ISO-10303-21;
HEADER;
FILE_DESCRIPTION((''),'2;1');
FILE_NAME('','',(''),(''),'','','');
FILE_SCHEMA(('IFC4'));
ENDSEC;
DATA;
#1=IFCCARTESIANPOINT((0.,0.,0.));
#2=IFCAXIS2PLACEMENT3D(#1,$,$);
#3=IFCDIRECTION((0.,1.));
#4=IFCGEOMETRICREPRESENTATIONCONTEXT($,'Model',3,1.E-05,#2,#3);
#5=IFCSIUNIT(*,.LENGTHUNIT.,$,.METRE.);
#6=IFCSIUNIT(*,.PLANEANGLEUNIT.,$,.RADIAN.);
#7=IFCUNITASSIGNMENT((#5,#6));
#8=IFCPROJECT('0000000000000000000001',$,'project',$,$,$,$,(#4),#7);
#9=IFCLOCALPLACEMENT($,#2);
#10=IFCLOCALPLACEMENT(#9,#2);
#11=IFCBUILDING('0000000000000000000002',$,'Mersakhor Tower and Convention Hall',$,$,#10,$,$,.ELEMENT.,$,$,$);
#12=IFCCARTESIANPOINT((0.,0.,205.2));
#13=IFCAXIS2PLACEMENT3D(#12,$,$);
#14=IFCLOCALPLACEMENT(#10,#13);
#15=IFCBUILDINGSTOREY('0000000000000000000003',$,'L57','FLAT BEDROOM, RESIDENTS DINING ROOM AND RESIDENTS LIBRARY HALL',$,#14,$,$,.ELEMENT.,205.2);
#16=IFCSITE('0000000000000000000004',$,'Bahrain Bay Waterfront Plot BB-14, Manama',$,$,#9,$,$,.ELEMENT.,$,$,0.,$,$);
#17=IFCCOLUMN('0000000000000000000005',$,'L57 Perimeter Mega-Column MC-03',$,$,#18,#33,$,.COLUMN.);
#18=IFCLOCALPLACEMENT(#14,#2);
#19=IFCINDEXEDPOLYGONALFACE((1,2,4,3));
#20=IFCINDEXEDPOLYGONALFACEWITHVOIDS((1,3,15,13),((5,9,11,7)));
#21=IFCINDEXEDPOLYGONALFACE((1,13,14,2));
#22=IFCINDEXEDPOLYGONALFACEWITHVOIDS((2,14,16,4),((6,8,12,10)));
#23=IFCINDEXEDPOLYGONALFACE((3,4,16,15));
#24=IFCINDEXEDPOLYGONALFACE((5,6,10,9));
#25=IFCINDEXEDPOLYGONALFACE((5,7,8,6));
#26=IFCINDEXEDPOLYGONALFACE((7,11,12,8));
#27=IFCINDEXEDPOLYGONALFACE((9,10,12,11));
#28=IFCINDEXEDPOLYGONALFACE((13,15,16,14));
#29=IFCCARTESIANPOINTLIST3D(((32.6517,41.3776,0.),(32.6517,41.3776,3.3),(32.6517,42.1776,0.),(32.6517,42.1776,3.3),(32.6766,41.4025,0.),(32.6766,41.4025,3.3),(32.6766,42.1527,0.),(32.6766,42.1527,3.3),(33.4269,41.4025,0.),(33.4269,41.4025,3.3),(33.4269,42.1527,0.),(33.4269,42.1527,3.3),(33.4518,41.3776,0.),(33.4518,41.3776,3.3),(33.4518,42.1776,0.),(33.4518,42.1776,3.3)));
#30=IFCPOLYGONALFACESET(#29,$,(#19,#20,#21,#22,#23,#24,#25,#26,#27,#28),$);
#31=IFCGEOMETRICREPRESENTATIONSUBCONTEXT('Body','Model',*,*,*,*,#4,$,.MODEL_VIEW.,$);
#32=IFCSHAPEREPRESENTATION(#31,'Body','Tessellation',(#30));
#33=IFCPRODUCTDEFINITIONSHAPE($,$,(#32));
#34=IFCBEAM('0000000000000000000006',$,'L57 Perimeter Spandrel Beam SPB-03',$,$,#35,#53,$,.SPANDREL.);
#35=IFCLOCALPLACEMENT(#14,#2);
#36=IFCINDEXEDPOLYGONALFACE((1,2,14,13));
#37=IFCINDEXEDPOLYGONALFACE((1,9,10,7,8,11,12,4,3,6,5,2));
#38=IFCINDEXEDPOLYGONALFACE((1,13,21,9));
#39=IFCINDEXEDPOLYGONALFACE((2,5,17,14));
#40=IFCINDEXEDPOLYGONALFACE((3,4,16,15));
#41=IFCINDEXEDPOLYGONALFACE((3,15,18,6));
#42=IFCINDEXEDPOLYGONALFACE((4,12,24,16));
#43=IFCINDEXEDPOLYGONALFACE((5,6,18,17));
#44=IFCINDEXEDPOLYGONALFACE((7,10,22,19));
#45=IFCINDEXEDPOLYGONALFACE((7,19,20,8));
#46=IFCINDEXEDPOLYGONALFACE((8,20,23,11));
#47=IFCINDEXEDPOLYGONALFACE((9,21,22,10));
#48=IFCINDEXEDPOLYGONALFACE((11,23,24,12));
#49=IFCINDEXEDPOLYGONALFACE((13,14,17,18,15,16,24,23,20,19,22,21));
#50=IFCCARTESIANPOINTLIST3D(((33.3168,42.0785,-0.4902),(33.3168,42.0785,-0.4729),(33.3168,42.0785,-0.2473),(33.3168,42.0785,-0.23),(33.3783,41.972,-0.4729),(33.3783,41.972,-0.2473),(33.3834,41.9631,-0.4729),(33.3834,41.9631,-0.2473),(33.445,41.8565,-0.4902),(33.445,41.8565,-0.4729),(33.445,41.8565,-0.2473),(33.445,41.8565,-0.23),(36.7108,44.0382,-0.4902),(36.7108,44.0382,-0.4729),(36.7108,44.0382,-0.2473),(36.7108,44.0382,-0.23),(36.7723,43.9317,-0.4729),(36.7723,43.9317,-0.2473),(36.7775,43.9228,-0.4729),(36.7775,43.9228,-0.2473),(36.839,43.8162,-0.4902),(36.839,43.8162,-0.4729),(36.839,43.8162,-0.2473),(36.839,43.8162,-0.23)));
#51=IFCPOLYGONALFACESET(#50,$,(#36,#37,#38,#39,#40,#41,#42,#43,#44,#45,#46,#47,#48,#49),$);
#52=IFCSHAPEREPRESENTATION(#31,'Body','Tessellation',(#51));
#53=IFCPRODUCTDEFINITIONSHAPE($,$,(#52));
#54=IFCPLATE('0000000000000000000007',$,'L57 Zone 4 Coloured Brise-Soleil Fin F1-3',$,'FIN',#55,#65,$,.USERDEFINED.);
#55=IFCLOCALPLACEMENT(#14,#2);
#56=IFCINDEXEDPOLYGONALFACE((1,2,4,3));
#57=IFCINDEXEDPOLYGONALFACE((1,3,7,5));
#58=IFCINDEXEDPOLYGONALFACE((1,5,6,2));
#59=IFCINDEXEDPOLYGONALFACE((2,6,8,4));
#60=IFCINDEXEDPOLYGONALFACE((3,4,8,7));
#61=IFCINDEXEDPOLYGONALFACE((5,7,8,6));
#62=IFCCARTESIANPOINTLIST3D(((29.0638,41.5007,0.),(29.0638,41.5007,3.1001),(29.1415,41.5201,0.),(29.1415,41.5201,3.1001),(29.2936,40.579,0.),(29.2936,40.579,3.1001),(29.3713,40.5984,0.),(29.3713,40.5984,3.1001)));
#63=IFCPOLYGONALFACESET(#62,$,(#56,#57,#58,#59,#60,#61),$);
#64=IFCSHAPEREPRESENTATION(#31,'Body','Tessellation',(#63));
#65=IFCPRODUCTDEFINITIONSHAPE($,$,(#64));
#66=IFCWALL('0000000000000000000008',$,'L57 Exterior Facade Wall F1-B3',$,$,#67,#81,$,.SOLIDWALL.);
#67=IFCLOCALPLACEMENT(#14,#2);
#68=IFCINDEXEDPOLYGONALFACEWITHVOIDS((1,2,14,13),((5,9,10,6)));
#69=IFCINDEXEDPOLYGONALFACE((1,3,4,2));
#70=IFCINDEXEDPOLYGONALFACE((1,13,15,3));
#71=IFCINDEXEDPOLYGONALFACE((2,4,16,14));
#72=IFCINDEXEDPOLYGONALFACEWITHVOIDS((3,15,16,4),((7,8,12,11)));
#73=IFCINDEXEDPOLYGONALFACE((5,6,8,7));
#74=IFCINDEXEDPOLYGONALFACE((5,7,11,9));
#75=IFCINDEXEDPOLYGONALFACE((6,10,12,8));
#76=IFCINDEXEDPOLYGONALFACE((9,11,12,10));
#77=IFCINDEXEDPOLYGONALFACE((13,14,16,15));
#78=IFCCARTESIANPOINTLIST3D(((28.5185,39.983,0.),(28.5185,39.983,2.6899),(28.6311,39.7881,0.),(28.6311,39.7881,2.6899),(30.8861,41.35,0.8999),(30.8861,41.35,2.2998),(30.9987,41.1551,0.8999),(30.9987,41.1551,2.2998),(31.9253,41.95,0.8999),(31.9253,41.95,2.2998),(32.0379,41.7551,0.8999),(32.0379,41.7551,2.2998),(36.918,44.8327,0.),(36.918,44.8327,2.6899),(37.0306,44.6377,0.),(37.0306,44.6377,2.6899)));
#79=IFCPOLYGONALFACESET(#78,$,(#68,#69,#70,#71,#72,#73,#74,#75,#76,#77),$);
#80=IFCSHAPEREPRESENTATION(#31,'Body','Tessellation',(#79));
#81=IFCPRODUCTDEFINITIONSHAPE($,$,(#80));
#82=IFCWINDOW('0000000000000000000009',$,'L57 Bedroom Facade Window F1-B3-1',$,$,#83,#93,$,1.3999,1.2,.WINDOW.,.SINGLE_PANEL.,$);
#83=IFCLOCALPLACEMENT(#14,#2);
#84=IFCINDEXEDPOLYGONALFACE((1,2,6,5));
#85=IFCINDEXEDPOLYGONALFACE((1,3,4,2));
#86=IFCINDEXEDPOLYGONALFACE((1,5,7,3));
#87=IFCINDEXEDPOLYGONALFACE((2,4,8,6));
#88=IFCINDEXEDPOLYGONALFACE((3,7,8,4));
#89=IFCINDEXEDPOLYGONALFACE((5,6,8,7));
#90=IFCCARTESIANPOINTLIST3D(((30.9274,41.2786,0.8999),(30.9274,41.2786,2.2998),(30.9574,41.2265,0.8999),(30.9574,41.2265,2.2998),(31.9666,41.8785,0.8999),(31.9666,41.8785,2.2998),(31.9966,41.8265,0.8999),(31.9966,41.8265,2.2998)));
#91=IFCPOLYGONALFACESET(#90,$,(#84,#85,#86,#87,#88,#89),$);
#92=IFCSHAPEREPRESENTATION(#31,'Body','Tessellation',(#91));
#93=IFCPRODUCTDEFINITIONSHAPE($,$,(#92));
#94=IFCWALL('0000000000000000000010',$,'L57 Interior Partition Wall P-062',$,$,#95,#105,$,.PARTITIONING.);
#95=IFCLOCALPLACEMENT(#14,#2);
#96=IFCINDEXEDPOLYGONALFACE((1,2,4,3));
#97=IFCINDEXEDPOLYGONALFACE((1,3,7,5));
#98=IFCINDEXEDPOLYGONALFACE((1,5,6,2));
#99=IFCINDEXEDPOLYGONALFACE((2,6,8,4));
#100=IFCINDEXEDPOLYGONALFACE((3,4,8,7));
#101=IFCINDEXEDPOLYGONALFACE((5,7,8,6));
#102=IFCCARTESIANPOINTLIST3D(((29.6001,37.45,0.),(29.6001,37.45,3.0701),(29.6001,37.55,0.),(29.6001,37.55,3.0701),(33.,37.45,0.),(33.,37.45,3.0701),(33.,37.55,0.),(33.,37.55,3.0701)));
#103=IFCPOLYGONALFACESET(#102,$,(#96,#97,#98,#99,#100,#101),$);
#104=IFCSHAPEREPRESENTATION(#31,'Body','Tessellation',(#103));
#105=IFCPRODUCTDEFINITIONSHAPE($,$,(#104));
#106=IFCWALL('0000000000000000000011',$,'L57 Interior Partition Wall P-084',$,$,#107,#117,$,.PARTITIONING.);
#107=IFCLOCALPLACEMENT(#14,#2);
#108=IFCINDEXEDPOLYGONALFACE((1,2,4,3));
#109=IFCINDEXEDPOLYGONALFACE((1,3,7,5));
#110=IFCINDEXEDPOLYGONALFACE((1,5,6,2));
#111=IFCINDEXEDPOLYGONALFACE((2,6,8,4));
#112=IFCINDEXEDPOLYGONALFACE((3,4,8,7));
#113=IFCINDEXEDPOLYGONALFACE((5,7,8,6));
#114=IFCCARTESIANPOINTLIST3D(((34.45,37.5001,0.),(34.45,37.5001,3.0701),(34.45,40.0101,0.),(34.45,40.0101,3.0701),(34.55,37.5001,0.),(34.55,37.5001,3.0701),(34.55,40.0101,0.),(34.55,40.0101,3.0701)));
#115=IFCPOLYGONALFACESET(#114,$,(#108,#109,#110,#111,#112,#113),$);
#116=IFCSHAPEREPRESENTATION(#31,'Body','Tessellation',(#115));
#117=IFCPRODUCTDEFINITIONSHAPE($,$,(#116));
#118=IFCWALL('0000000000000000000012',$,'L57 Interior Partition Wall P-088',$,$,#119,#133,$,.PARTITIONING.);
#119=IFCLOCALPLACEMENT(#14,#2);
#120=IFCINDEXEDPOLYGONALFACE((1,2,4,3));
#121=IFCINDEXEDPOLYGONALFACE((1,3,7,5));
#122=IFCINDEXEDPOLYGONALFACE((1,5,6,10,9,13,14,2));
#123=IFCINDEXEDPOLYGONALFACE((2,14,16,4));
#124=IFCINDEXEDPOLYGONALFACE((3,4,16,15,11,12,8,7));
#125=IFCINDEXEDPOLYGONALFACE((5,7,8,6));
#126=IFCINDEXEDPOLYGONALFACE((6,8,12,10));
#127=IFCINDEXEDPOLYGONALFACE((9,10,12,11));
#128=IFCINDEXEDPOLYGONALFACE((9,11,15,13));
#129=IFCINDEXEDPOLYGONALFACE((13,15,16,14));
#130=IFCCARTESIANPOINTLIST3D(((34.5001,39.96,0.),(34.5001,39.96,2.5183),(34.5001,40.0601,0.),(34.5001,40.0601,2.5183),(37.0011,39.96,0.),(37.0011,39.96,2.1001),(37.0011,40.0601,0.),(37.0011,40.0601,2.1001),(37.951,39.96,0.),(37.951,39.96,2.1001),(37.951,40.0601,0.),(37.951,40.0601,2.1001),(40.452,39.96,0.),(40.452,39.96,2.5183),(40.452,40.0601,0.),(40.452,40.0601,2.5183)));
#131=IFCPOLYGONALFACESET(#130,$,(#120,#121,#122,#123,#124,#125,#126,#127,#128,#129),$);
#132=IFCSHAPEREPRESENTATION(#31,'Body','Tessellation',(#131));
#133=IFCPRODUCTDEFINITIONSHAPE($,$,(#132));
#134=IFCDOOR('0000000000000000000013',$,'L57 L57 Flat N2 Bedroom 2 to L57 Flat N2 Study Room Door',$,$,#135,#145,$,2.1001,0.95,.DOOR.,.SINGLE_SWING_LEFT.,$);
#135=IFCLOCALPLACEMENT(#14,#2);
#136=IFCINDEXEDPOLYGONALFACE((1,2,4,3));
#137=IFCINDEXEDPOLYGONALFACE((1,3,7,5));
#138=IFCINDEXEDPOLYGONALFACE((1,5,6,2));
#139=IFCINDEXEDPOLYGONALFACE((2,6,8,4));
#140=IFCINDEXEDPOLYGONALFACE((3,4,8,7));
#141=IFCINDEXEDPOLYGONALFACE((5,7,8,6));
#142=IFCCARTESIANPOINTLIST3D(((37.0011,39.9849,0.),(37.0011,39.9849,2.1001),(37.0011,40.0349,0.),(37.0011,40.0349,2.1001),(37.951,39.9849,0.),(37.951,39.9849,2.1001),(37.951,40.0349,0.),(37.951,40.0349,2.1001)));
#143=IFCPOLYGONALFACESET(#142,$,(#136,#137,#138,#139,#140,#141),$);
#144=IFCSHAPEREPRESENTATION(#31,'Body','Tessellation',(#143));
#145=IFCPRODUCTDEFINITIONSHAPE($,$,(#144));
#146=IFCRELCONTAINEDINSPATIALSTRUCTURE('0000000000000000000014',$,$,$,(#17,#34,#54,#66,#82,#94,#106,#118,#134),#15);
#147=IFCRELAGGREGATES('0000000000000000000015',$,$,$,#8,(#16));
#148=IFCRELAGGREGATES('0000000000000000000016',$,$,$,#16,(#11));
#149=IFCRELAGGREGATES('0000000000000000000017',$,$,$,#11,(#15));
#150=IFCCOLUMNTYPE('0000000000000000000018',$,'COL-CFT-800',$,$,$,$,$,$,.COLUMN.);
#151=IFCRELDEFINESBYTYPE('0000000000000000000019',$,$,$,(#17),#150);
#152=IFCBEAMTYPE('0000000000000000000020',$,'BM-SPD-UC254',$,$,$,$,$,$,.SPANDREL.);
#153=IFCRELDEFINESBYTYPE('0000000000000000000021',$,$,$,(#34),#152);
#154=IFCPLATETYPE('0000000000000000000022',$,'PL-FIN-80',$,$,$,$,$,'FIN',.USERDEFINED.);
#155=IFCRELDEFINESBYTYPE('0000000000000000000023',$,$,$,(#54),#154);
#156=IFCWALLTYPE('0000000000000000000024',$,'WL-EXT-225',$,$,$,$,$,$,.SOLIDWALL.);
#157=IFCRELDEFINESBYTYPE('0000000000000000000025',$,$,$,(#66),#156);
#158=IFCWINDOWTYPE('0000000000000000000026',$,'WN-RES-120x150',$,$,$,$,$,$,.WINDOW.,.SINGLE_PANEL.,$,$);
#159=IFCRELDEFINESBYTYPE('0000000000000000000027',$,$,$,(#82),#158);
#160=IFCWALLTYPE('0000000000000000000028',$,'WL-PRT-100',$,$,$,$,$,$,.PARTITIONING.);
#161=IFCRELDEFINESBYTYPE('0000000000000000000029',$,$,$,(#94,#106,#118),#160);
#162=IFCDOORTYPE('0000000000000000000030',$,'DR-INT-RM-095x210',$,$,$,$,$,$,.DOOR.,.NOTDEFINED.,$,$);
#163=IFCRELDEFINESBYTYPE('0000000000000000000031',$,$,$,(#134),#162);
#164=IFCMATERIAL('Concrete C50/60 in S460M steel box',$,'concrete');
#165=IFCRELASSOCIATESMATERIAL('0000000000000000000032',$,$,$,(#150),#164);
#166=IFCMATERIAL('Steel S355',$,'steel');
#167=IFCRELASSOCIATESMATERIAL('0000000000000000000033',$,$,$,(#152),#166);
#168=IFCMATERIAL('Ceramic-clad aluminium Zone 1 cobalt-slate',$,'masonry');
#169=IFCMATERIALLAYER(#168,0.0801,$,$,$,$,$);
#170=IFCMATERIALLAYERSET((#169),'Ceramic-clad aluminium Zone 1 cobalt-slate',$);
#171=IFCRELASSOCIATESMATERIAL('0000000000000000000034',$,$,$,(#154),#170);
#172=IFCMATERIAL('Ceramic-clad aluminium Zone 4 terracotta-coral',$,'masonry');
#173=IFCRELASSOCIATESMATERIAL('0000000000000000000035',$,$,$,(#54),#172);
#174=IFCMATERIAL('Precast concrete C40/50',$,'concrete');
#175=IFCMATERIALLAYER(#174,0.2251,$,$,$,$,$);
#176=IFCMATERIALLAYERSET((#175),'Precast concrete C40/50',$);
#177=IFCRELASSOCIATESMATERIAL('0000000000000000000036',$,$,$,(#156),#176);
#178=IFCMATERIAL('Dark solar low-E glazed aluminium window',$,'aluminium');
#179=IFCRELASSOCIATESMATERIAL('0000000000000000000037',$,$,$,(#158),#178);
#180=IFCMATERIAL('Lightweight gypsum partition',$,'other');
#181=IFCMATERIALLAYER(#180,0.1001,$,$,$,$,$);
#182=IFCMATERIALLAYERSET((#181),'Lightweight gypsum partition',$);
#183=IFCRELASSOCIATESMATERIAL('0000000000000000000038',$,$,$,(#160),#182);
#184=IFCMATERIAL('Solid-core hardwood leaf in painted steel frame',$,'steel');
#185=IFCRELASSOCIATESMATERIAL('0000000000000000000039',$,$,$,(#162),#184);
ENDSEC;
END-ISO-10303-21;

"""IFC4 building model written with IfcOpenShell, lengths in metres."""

from ifc_helpers import new_model, si_unit, direction, frame, frame_2d, origin, origin_2d, place, context, subcontext, project, spatial, rectangle, hollow_rectangle, i_section, extrude, material, layer, layer_set, material_profile, profile_set, type_object, element, fill, save


model = new_model("IFC4")

# Units and contexts
model_context = context("Model", 3, precision=1e-05, world=origin(), true_north=direction((0.0, 1.0)))
body_context = subcontext(model_context, "Body", "Model", "MODEL_VIEW")
ifc_project = project(units=[si_unit("LENGTHUNIT", "METRE"), si_unit("PLANEANGLEUNIT", "RADIAN")], contexts=[model_context])

# Site, building, storey
site_placement = place(None, origin())
site = spatial("IfcSite", under=ifc_project, at=site_placement, Name="Bahrain Bay Waterfront Plot BB-14, Manama", CompositionType="ELEMENT", RefElevation=0.0)
building_placement = place(site_placement, origin())
building = spatial("IfcBuilding", under=site, at=building_placement, Name="Mersakhor Tower and Convention Hall", CompositionType="ELEMENT")
storey_placement = place(building_placement, frame((0.0, 0.0, 205.2)))
storey = spatial("IfcBuildingStorey", under=building, at=storey_placement, Name="L57", Description="FLAT BEDROOM, RESIDENTS DINING ROOM AND RESIDENTS LIBRARY HALL", CompositionType="ELEMENT", Elevation=205.2)

# Column
ifc_material_1 = material(Name="Concrete C50/60 in S460M steel box", Category="concrete")
ifc_material_profile_1 = material_profile(ifc_material_1, hollow_rectangle(XDim=0.8, YDim=0.8, WallThickness=0.0249, at=origin_2d()), Name="SHS 800x800x25")
ifc_profile_set_1 = profile_set([ifc_material_profile_1], Name="Concrete C50/60 in S460M steel box")
column_type = type_object("IfcColumnType", Name="COL-CFT-800", PredefinedType="COLUMN", material=ifc_profile_set_1)
column_placement = place(storey_placement, frame((33.0518, 41.7776, 0.0), z_axis=(0.0, 0.0, 1.0), x_axis=(1.0, 0.0, 0.0)))
element("IfcColumn", 1, at=column_placement, inside=storey, type_object=column_type, Name="L57 Perimeter Mega-Column MC-03", PredefinedType="COLUMN", context=body_context, shape_type="SweptSolid", body=[
    extrude(hollow_rectangle(XDim=0.8, YDim=0.8, WallThickness=0.0249, at=origin_2d()), origin(), (0.0, 0.0, 1.0), 3.3),
])

# Beam
ifc_material_2 = material(Name="Steel S355", Category="steel")
ifc_material_profile_2 = material_profile(ifc_material_2, i_section(OverallWidth=0.2563, OverallDepth=0.2603, WebThickness=0.0103, FlangeThickness=0.0173, at=origin_2d()), Name="UC 254x254x89")
ifc_profile_set_2 = profile_set([ifc_material_profile_2], Name="Steel S355")
beam_type = type_object("IfcBeamType", Name="BM-SPD-UC254", PredefinedType="SPANDREL", material=ifc_profile_set_2)
beam_placement = place(storey_placement, frame((33.3809, 41.9675, -0.3601), z_axis=(0.866007, 0.500032, 0.0), x_axis=(-0.500032, 0.866007, 0.0)))
element("IfcBeam", 2, at=beam_placement, inside=storey, type_object=beam_type, Name="L57 Perimeter Spandrel Beam SPB-03", PredefinedType="SPANDREL", context=body_context, shape_type="SweptSolid", body=[
    extrude(i_section(OverallWidth=0.2563, OverallDepth=0.2603, WebThickness=0.0103, FlangeThickness=0.0173, at=origin_2d()), origin(), (0.0, 0.0, 1.0), 3.9192),
])

# Plate
ifc_material_3 = material(Name="Ceramic-clad aluminium Zone 4 terracotta-coral", Category="masonry")
ifc_material_4 = material(Name="Ceramic-clad aluminium Zone 1 cobalt-slate", Category="masonry")
ifc_layer_1 = layer(ifc_material_4, 0.0801)
ifc_layer_set_1 = layer_set([ifc_layer_1], Name="Ceramic-clad aluminium Zone 1 cobalt-slate")
plate_type = type_object("IfcPlateType", Name="PL-FIN-80", ElementType="FIN", PredefinedType="USERDEFINED", material=ifc_layer_set_1)
plate_placement = place(storey_placement, frame((29.2175, 41.0496, 0.0), z_axis=(0.0, 0.0, 1.0), x_axis=(-0.241922, 0.970296, 0.0)))
element("IfcPlate", 3, at=plate_placement, inside=storey, type_object=plate_type, material=ifc_material_3, Name="L57 Zone 4 Coloured Brise-Soleil Fin F1-3", ObjectType="FIN", PredefinedType="USERDEFINED", context=body_context, shape_type="SweptSolid", body=[
    extrude(rectangle(XDim=0.95, YDim=0.0801, at=origin_2d()), origin(), (0.0, 0.0, 1.0), 3.1001),
])

# Wall, opening, window
ifc_material_5 = material(Name="Precast concrete C40/50", Category="concrete")
ifc_layer_2 = layer(ifc_material_5, 0.2251)
ifc_layer_set_2 = layer_set([ifc_layer_2], Name="Precast concrete C40/50")
wall_type_1 = type_object("IfcWallType", Name="WL-EXT-225", PredefinedType="SOLIDWALL", material=ifc_layer_set_2)
wall_1_placement = place(storey_placement, frame((28.5747, 39.8855, 0.0), z_axis=(0.0, 0.0, 1.0), x_axis=(0.866016, 0.500016, 0.0)))
wall_1 = element("IfcWall", 4, at=wall_1_placement, inside=storey, type_object=wall_type_1, Name="L57 Exterior Facade Wall F1-B3", PredefinedType="SOLIDWALL", context=body_context, shape_type="SweptSolid", body=[
    extrude(rectangle(XDim=9.699, YDim=0.2251, at=frame_2d((4.8496, 0.0))), origin(), (0.0, 0.0, 1.0), 2.6899),
])
opening_1_placement = place(wall_1_placement, frame((2.7339, 0.0, 0.8999)))
opening_1 = element("IfcOpeningElement", 5, at=opening_1_placement, cuts=wall_1, PredefinedType="OPENING", context=body_context, shape_type="SweptSolid", body=[
    extrude(rectangle(XDim=1.2, YDim=1.3999, at=frame_2d((0.6001, 0.7))), frame((0.0, 0.1226, 0.0), z_axis=(0.0, -1.0, 0.0), x_axis=(1.0, 0.0, 0.0)), (0.0, 0.0, 1.0), 0.2451),
])
ifc_material_6 = material(Name="Dark solar low-E glazed aluminium window", Category="aluminium")
window_type = type_object("IfcWindowType", Name="WN-RES-120x150", PartitioningType="SINGLE_PANEL", PredefinedType="WINDOW", material=ifc_material_6)
window_placement = place(opening_1_placement, origin())
window = element("IfcWindow", 6, at=window_placement, inside=storey, type_object=window_type, Name="L57 Bedroom Facade Window F1-B3-1", OverallHeight=1.3999, OverallWidth=1.2, PartitioningType="SINGLE_PANEL", PredefinedType="WINDOW", context=body_context, shape_type="SweptSolid", body=[
    extrude(rectangle(XDim=1.2, YDim=1.3999, at=frame_2d((0.6001, 0.7))), frame((0.0, 0.03, 0.0), z_axis=(0.0, -1.0, 0.0), x_axis=(1.0, 0.0, 0.0)), (0.0, 0.0, 1.0), 0.0601),
])
fill(opening_1, window)

# Walls
ifc_material_7 = material(Name="Lightweight gypsum partition", Category="other")
ifc_layer_3 = layer(ifc_material_7, 0.1001)
ifc_layer_set_3 = layer_set([ifc_layer_3], Name="Lightweight gypsum partition")
wall_type_2 = type_object("IfcWallType", Name="WL-PRT-100", PredefinedType="PARTITIONING", material=ifc_layer_set_3)
wall_2_placement = place(storey_placement, frame((29.6001, 37.5, 0.0), z_axis=(0.0, 0.0, 1.0), x_axis=(1.0, 0.0, 0.0)))
element("IfcWall", 7, at=wall_2_placement, inside=storey, type_object=wall_type_2, Name="L57 Interior Partition Wall P-062", PredefinedType="PARTITIONING", context=body_context, shape_type="SweptSolid", body=[
    extrude(rectangle(XDim=3.3999, YDim=0.1001, at=frame_2d((1.7, 0.0))), origin(), (0.0, 0.0, 1.0), 3.0701),
])
wall_3_placement = place(storey_placement, frame((34.5, 40.01, 0.0), z_axis=(0.0, 0.0, 1.0), x_axis=(0.0, -1.0, 0.0)))
element("IfcWall", 8, at=wall_3_placement, inside=storey, type_object=wall_type_2, Name="L57 Interior Partition Wall P-084", PredefinedType="PARTITIONING", context=body_context, shape_type="SweptSolid", body=[
    extrude(rectangle(XDim=2.51, YDim=0.1001, at=frame_2d((1.2549, 0.0))), origin(), (0.0, 0.0, 1.0), 3.0701),
])

# Wall, opening, door
wall_4_placement = place(storey_placement, frame((34.5, 40.01, 0.0), z_axis=(0.0, 0.0, 1.0), x_axis=(1.0, 0.0, 0.0)))
wall_4 = element("IfcWall", 9, at=wall_4_placement, inside=storey, type_object=wall_type_2, Name="L57 Interior Partition Wall P-088", PredefinedType="PARTITIONING", context=body_context, shape_type="SweptSolid", body=[
    extrude(rectangle(XDim=5.9519, YDim=0.1001, at=frame_2d((2.9761, 0.0))), origin(), (0.0, 0.0, 1.0), 2.5183),
])
opening_2_placement = place(wall_4_placement, frame((2.501, 0.0, 0.0)))
opening_2 = element("IfcOpeningElement", 10, at=opening_2_placement, cuts=wall_4, PredefinedType="OPENING", context=body_context, shape_type="SweptSolid", body=[
    extrude(rectangle(XDim=0.95, YDim=2.1001, at=frame_2d((0.4751, 1.05))), frame((0.0, 0.0601, 0.0), z_axis=(0.0, -1.0, 0.0), x_axis=(1.0, 0.0, 0.0)), (0.0, 0.0, 1.0), 0.1201),
])
ifc_material_8 = material(Name="Solid-core hardwood leaf in painted steel frame", Category="steel")
door_type = type_object("IfcDoorType", Name="DR-INT-RM-095x210", OperationType="NOTDEFINED", PredefinedType="DOOR", material=ifc_material_8)
door_1_placement = place(opening_2_placement, origin())
door_1 = element("IfcDoor", 11, at=door_1_placement, inside=storey, type_object=door_type, Name="L57 L57 Flat N2 Bedroom 2 to L57 Flat N2 Study Room Door", OperationType="SINGLE_SWING_LEFT", OverallHeight=2.1001, OverallWidth=0.95, PredefinedType="DOOR", context=body_context, shape_type="SweptSolid", body=[
    extrude(rectangle(XDim=0.95, YDim=2.1001, at=frame_2d((0.4751, 1.05))), frame((0.0, 0.0249, 0.0), z_axis=(0.0, -1.0, 0.0), x_axis=(1.0, 0.0, 0.0)), (0.0, 0.0, 1.0), 0.05),
])
fill(opening_2, door_1)

save(model, "model.ifc")
